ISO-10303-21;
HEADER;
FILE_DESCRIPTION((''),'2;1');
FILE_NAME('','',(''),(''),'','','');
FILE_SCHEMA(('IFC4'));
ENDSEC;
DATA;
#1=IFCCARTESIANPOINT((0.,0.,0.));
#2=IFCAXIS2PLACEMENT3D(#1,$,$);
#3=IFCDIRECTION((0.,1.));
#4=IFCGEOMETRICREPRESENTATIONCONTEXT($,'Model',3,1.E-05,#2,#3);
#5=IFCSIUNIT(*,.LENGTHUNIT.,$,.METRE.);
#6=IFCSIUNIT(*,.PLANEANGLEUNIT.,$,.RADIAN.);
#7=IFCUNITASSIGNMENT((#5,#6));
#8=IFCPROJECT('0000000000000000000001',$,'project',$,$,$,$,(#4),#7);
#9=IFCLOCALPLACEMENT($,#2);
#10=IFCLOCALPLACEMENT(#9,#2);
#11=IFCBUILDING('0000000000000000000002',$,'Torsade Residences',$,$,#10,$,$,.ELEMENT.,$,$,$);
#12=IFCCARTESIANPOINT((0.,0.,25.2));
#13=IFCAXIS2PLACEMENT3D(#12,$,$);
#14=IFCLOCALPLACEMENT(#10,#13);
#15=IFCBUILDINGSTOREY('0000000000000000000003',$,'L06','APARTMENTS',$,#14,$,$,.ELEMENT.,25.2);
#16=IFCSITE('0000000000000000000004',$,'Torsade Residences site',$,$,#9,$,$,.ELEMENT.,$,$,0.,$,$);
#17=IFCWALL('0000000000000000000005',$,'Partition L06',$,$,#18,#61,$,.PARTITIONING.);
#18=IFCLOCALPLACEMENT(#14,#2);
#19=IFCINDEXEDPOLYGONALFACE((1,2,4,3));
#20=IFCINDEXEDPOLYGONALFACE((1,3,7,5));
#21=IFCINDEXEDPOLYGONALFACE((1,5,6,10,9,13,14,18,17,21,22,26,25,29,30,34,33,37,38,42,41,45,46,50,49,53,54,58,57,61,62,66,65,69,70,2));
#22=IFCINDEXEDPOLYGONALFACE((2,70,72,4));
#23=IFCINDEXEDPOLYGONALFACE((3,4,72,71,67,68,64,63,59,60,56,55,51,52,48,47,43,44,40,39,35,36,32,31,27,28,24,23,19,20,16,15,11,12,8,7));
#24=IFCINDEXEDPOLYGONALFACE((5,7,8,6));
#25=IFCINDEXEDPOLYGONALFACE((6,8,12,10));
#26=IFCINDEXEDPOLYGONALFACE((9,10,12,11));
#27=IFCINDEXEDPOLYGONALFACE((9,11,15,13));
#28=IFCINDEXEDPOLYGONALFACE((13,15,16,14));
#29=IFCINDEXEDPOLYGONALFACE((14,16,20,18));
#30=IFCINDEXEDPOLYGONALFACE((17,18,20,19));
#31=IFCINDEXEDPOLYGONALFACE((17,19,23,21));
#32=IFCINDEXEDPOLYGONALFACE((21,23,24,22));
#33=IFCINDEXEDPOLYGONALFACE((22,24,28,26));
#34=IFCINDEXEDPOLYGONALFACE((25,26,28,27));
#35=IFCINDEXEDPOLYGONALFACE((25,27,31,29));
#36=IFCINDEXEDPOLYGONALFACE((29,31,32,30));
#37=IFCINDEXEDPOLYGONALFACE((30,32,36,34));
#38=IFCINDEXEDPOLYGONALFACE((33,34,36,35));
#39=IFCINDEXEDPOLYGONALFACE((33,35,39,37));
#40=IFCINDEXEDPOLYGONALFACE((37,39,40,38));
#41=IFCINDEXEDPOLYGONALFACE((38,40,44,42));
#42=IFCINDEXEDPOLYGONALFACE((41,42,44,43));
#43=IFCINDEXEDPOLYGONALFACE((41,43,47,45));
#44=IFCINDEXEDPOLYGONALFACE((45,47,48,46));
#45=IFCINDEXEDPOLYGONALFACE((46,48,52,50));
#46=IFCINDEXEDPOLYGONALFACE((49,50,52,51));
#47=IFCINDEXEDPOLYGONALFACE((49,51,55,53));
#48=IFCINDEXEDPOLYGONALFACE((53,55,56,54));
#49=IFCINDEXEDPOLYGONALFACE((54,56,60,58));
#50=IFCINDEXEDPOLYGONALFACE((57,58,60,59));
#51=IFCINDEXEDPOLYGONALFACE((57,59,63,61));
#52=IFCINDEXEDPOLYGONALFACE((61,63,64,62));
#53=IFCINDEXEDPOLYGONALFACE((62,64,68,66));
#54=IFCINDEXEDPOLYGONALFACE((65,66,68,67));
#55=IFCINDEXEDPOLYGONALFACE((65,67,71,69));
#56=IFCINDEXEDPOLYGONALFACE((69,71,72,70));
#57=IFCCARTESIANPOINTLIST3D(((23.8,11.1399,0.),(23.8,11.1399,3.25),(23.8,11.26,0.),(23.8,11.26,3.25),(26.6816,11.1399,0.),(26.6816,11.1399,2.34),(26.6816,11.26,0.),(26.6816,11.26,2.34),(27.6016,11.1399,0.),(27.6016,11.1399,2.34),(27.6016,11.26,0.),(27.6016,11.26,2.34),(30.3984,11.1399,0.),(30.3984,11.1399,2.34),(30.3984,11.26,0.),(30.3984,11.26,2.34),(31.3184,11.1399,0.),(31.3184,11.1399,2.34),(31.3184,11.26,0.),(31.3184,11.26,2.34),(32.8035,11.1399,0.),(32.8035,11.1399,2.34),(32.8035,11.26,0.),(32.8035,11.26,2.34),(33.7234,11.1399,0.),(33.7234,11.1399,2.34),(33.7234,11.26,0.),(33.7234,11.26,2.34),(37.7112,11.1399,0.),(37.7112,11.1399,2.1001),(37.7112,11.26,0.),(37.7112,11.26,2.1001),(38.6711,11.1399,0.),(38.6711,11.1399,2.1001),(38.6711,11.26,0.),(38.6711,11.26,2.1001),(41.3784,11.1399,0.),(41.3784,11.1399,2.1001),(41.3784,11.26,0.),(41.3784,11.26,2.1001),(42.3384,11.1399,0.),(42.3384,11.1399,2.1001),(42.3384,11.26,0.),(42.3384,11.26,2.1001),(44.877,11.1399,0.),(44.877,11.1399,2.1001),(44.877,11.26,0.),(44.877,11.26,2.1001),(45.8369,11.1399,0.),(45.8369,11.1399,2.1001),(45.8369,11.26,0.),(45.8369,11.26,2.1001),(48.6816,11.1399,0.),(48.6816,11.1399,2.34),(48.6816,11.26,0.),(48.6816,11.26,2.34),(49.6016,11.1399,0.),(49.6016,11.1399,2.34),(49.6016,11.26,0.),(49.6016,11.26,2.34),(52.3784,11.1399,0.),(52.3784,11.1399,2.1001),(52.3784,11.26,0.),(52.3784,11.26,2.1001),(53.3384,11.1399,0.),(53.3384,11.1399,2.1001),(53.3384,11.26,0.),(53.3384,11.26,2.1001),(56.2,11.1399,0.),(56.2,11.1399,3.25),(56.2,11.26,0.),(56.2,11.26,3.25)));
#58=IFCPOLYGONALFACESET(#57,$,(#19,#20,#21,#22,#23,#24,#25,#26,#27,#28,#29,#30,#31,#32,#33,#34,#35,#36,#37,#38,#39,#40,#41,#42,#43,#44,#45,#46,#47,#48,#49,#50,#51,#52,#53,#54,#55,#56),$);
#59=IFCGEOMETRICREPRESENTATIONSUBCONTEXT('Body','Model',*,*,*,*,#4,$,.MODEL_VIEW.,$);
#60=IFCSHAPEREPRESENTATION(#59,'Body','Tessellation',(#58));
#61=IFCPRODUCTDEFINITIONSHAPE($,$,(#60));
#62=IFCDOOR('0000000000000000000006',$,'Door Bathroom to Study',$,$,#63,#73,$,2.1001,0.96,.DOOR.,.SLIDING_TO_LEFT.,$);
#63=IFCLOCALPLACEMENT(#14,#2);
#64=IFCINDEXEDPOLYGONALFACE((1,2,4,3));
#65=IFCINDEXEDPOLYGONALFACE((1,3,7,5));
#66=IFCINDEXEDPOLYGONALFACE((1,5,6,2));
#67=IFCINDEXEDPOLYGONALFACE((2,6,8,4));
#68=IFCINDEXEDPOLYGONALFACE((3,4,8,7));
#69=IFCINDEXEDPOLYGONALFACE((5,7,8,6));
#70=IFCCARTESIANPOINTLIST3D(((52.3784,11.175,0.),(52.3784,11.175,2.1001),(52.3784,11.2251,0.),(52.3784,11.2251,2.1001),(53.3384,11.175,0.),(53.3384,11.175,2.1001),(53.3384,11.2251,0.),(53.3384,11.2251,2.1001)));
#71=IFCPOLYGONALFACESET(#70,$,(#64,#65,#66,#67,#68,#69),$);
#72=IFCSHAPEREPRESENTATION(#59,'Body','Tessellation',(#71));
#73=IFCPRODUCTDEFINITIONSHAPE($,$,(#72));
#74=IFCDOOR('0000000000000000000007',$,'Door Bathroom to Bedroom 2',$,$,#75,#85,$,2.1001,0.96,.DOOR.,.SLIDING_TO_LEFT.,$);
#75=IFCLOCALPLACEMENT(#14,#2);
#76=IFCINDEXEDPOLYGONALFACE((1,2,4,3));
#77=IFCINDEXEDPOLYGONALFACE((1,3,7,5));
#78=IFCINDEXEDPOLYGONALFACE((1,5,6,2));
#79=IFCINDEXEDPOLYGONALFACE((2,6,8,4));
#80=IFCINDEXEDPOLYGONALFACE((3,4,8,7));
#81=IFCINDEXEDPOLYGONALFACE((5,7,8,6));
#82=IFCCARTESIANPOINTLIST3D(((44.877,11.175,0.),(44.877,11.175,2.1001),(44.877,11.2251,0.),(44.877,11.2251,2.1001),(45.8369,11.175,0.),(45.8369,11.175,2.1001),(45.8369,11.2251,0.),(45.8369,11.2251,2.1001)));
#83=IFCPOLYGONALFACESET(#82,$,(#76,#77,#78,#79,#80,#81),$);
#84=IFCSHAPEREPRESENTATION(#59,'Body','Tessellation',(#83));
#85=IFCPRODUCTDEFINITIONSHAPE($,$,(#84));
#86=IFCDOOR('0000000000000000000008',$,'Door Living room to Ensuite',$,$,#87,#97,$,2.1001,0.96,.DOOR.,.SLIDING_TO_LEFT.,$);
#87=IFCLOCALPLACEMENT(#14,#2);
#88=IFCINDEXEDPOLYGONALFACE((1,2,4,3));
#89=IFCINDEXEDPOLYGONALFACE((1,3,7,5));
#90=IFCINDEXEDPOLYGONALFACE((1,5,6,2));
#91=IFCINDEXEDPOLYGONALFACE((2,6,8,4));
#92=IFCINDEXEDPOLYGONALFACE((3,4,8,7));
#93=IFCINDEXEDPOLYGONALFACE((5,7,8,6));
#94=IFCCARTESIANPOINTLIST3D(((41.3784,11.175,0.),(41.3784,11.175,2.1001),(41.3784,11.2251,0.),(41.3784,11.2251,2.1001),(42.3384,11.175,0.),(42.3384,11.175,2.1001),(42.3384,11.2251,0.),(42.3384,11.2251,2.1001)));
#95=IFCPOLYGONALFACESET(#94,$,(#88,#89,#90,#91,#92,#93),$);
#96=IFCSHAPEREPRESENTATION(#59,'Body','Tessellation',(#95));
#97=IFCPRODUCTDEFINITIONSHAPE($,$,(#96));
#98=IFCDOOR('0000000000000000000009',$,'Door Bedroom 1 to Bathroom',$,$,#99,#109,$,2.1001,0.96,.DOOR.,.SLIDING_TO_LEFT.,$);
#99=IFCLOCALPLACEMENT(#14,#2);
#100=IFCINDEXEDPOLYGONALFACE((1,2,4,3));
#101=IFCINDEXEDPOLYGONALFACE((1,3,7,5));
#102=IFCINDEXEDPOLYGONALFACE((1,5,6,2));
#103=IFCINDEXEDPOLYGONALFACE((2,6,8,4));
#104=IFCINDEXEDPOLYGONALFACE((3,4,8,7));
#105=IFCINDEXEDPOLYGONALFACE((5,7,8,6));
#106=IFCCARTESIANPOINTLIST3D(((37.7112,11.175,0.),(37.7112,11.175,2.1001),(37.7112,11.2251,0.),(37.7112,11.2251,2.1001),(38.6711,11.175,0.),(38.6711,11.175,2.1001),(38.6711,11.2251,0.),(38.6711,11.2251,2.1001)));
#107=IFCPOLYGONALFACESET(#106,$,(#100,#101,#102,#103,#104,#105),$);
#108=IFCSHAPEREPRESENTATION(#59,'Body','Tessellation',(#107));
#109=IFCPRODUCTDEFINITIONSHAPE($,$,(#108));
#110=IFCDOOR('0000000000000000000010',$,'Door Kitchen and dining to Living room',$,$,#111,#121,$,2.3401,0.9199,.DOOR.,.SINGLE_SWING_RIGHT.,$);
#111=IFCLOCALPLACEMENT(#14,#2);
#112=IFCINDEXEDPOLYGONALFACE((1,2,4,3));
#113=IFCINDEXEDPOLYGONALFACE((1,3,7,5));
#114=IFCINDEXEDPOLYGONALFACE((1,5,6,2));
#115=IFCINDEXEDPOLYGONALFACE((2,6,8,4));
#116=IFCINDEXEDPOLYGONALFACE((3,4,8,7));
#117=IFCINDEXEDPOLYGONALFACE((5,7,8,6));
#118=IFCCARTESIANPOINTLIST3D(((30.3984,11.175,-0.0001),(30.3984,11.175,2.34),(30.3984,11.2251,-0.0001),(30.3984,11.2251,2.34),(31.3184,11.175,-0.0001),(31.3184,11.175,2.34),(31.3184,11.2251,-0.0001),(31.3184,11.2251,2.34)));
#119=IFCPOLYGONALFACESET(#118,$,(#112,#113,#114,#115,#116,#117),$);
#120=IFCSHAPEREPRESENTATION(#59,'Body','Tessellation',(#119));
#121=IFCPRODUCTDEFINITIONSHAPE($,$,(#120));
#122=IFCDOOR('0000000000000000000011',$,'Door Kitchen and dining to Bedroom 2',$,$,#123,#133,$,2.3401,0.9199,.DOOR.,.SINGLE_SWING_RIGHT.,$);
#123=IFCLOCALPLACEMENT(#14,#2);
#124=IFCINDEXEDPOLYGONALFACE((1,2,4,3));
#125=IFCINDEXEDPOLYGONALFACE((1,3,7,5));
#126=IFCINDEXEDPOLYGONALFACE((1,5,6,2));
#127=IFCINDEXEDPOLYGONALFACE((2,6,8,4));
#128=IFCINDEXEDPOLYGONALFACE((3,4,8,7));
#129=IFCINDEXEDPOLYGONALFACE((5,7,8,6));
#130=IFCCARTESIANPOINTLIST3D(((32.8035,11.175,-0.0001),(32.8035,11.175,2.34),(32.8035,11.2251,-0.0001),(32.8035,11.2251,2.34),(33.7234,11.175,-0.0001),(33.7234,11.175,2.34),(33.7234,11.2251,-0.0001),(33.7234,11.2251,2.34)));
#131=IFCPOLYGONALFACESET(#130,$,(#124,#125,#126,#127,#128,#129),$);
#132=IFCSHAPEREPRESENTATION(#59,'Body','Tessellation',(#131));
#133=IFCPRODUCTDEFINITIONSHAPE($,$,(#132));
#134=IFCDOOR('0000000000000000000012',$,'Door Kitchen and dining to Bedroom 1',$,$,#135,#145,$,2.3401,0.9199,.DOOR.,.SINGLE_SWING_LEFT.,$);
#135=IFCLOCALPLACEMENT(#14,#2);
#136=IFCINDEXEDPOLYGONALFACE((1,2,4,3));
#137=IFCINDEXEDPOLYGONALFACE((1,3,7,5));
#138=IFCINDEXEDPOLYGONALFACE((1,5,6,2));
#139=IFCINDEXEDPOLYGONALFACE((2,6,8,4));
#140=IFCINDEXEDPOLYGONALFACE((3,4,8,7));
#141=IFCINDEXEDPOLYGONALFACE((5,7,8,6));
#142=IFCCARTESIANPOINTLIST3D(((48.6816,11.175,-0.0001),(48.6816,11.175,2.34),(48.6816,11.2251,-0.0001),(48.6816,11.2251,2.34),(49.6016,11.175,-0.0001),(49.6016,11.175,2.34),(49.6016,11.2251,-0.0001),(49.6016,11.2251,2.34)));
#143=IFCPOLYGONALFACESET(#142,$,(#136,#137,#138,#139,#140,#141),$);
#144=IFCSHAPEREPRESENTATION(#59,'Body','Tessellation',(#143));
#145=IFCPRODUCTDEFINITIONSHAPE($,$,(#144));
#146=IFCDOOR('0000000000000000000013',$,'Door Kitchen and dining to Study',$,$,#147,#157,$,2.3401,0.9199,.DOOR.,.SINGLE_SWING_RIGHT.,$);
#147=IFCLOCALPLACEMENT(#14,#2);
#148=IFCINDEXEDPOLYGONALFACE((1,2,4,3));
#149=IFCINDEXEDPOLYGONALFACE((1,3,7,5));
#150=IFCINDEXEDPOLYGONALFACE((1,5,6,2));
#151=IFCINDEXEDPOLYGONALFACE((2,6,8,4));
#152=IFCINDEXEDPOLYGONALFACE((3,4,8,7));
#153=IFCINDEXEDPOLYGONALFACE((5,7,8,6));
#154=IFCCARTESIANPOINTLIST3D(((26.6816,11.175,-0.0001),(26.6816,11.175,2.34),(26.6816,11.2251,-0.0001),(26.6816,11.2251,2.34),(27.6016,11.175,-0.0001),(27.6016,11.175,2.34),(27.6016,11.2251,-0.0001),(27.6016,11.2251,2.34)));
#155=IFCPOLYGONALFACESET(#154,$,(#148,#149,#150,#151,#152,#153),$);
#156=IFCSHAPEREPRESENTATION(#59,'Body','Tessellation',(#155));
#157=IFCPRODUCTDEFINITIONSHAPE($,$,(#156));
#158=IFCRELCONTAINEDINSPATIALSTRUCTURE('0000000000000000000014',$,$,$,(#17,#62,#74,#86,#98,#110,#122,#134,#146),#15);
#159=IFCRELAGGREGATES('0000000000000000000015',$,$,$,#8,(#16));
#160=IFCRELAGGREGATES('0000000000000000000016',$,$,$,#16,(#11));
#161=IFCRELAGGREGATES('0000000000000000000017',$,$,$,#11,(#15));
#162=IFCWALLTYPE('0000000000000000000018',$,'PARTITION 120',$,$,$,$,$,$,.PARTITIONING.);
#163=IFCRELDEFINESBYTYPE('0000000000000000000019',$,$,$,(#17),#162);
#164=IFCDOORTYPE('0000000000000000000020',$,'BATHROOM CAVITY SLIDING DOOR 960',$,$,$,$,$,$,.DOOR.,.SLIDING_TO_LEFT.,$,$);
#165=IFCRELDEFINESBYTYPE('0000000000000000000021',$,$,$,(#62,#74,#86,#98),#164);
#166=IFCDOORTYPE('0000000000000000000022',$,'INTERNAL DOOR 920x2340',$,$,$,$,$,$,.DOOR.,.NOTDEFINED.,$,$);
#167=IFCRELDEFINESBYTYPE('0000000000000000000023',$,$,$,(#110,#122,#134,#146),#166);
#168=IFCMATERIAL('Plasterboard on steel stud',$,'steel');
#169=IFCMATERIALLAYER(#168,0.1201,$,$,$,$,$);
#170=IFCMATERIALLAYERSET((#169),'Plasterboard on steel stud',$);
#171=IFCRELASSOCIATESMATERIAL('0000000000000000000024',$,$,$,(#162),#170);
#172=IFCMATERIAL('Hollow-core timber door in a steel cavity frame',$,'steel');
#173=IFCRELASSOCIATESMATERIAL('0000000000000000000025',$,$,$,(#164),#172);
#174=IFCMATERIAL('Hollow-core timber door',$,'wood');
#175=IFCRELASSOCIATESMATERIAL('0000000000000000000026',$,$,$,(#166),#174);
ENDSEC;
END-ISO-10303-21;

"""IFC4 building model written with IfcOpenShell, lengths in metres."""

from ifc_helpers import new_model, si_unit, direction, frame, frame_2d, origin, place, context, subcontext, project, spatial, rectangle, extrude, material, layer, layer_set, type_object, element, fill, save


model = new_model("IFC4")

# Units and contexts
model_context = context("Model", 3, precision=1e-05, world=origin(), true_north=direction((0.0, 1.0)))
body_context = subcontext(model_context, "Body", "Model", "MODEL_VIEW")
ifc_project = project(units=[si_unit("LENGTHUNIT", "METRE"), si_unit("PLANEANGLEUNIT", "RADIAN")], contexts=[model_context])

# Site, building, storey
site_placement = place(None, origin())
site = spatial("IfcSite", under=ifc_project, at=site_placement, Name="Torsade Residences site", CompositionType="ELEMENT", RefElevation=0.0)
building_placement = place(site_placement, origin())
building = spatial("IfcBuilding", under=site, at=building_placement, Name="Torsade Residences", CompositionType="ELEMENT")
storey_placement = place(building_placement, frame((0.0, 0.0, 25.2)))
storey = spatial("IfcBuildingStorey", under=building, at=storey_placement, Name="L06", Description="APARTMENTS", CompositionType="ELEMENT", Elevation=25.2)

# Wall, openings, doors
ifc_material_1 = material(Name="Plasterboard on steel stud", Category="steel")
ifc_layer_1 = layer(ifc_material_1, 0.1201)
ifc_layer_set_1 = layer_set([ifc_layer_1], Name="Plasterboard on steel stud")
wall_type_1 = type_object("IfcWallType", Name="PARTITION 120", PredefinedType="PARTITIONING", material=ifc_layer_set_1)
wall_1_placement = place(storey_placement, frame((56.2, 11.2, 0.0), z_axis=(0.0, 0.0, 1.0), x_axis=(-1.0, 0.0, 0.0)))
wall_1 = element("IfcWall", 1, at=wall_1_placement, inside=storey, type_object=wall_type_1, Name="Partition L06", PredefinedType="PARTITIONING", context=body_context, shape_type="SweptSolid", body=[
    extrude(rectangle(XDim=32.3999, YDim=0.1201, at=frame_2d((16.2, 0.0))), origin(), (0.0, 0.0, 1.0), 3.25),
])
opening_1_placement = place(wall_1_placement, frame((24.8816, 0.0, 0.0)))
opening_1 = element("IfcOpeningElement", 2, at=opening_1_placement, cuts=wall_1, PredefinedType="OPENING", context=body_context, shape_type="SweptSolid", body=[
    extrude(rectangle(XDim=0.9199, YDim=2.3401, at=frame_2d((0.46, 1.1699))), frame((0.0, 0.0701, 0.0), z_axis=(0.0, -1.0, 0.0), x_axis=(1.0, 0.0, 0.0)), (0.0, 0.0, 1.0), 0.1401),
])
opening_2_placement = place(wall_1_placement, frame((22.4766, 0.0, 0.0)))
opening_2 = element("IfcOpeningElement", 3, at=opening_2_placement, cuts=wall_1, PredefinedType="OPENING", context=body_context, shape_type="SweptSolid", body=[
    extrude(rectangle(XDim=0.9199, YDim=2.3401, at=frame_2d((0.46, 1.1699))), frame((0.0, 0.0701, 0.0), z_axis=(0.0, -1.0, 0.0), x_axis=(1.0, 0.0, 0.0)), (0.0, 0.0, 1.0), 0.1401),
])
opening_3_placement = place(wall_1_placement, frame((6.5984, 0.0, 0.0)))
opening_3 = element("IfcOpeningElement", 4, at=opening_3_placement, cuts=wall_1, PredefinedType="OPENING", context=body_context, shape_type="SweptSolid", body=[
    extrude(rectangle(XDim=0.9199, YDim=2.3401, at=frame_2d((0.46, 1.1699))), frame((0.0, 0.0701, 0.0), z_axis=(0.0, -1.0, 0.0), x_axis=(1.0, 0.0, 0.0)), (0.0, 0.0, 1.0), 0.1401),
])
opening_4_placement = place(wall_1_placement, frame((28.5984, 0.0, 0.0)))
opening_4 = element("IfcOpeningElement", 5, at=opening_4_placement, cuts=wall_1, PredefinedType="OPENING", context=body_context, shape_type="SweptSolid", body=[
    extrude(rectangle(XDim=0.9199, YDim=2.3401, at=frame_2d((0.46, 1.1699))), frame((0.0, 0.0701, 0.0), z_axis=(0.0, -1.0, 0.0), x_axis=(1.0, 0.0, 0.0)), (0.0, 0.0, 1.0), 0.1401),
])
opening_5_placement = place(wall_1_placement, frame((2.8616, 0.0, 0.0)))
opening_5 = element("IfcOpeningElement", 6, at=opening_5_placement, cuts=wall_1, PredefinedType="OPENING", context=body_context, shape_type="SweptSolid", body=[
    extrude(rectangle(XDim=0.96, YDim=2.1001, at=frame_2d((0.48, 1.05))), frame((0.0, 0.0701, 0.0), z_axis=(0.0, -1.0, 0.0), x_axis=(1.0, 0.0, 0.0)), (0.0, 0.0, 1.0), 0.1401),
])
opening_6_placement = place(wall_1_placement, frame((10.363, 0.0, 0.0)))
opening_6 = element("IfcOpeningElement", 7, at=opening_6_placement, cuts=wall_1, PredefinedType="OPENING", context=body_context, shape_type="SweptSolid", body=[
    extrude(rectangle(XDim=0.96, YDim=2.1001, at=frame_2d((0.48, 1.05))), frame((0.0, 0.0701, 0.0), z_axis=(0.0, -1.0, 0.0), x_axis=(1.0, 0.0, 0.0)), (0.0, 0.0, 1.0), 0.1401),
])
opening_7_placement = place(wall_1_placement, frame((13.8616, 0.0, 0.0)))
opening_7 = element("IfcOpeningElement", 8, at=opening_7_placement, cuts=wall_1, PredefinedType="OPENING", context=body_context, shape_type="SweptSolid", body=[
    extrude(rectangle(XDim=0.96, YDim=2.1001, at=frame_2d((0.48, 1.05))), frame((0.0, 0.0701, 0.0), z_axis=(0.0, -1.0, 0.0), x_axis=(1.0, 0.0, 0.0)), (0.0, 0.0, 1.0), 0.1401),
])
opening_8_placement = place(wall_1_placement, frame((17.5288, 0.0, 0.0)))
opening_8 = element("IfcOpeningElement", 9, at=opening_8_placement, cuts=wall_1, PredefinedType="OPENING", context=body_context, shape_type="SweptSolid", body=[
    extrude(rectangle(XDim=0.96, YDim=2.1001, at=frame_2d((0.48, 1.05))), frame((0.0, 0.0701, 0.0), z_axis=(0.0, -1.0, 0.0), x_axis=(1.0, 0.0, 0.0)), (0.0, 0.0, 1.0), 0.1401),
])
ifc_material_2 = material(Name="Hollow-core timber door in a steel cavity frame", Category="steel")
door_type_1 = type_object("IfcDoorType", Name="BATHROOM CAVITY SLIDING DOOR 960", OperationType="SLIDING_TO_LEFT", PredefinedType="DOOR", material=ifc_material_2)
door_1_placement = place(opening_5_placement, origin())
door_1 = element("IfcDoor", 10, at=door_1_placement, inside=storey, type_object=door_type_1, Name="Door Bathroom to Study", OperationType="SLIDING_TO_LEFT", OverallHeight=2.1001, OverallWidth=0.96, PredefinedType="DOOR", context=body_context, shape_type="SweptSolid", body=[
    extrude(rectangle(XDim=0.96, YDim=2.1001, at=frame_2d((0.48, 1.05))), frame((0.0, 0.0249, 0.0), z_axis=(0.0, -1.0, 0.0), x_axis=(1.0, 0.0, 0.0)), (0.0, 0.0, 1.0), 0.05),
])
fill(opening_5, door_1)
door_2_placement = place(opening_6_placement, origin())
door_2 = element("IfcDoor", 11, at=door_2_placement, inside=storey, type_object=door_type_1, Name="Door Bathroom to Bedroom 2", OperationType="SLIDING_TO_LEFT", OverallHeight=2.1001, OverallWidth=0.96, PredefinedType="DOOR", context=body_context, shape_type="SweptSolid", body=[
    extrude(rectangle(XDim=0.96, YDim=2.1001, at=frame_2d((0.48, 1.05))), frame((0.0, 0.0249, 0.0), z_axis=(0.0, -1.0, 0.0), x_axis=(1.0, 0.0, 0.0)), (0.0, 0.0, 1.0), 0.05),
])
fill(opening_6, door_2)
door_3_placement = place(opening_7_placement, origin())
door_3 = element("IfcDoor", 12, at=door_3_placement, inside=storey, type_object=door_type_1, Name="Door Living room to Ensuite", OperationType="SLIDING_TO_LEFT", OverallHeight=2.1001, OverallWidth=0.96, PredefinedType="DOOR", context=body_context, shape_type="SweptSolid", body=[
    extrude(rectangle(XDim=0.96, YDim=2.1001, at=frame_2d((0.48, 1.05))), frame((0.0, 0.0249, 0.0), z_axis=(0.0, -1.0, 0.0), x_axis=(1.0, 0.0, 0.0)), (0.0, 0.0, 1.0), 0.05),
])
fill(opening_7, door_3)
door_4_placement = place(opening_8_placement, origin())
door_4 = element("IfcDoor", 13, at=door_4_placement, inside=storey, type_object=door_type_1, Name="Door Bedroom 1 to Bathroom", OperationType="SLIDING_TO_LEFT", OverallHeight=2.1001, OverallWidth=0.96, PredefinedType="DOOR", context=body_context, shape_type="SweptSolid", body=[
    extrude(rectangle(XDim=0.96, YDim=2.1001, at=frame_2d((0.48, 1.05))), frame((0.0, 0.0249, 0.0), z_axis=(0.0, -1.0, 0.0), x_axis=(1.0, 0.0, 0.0)), (0.0, 0.0, 1.0), 0.05),
])
fill(opening_8, door_4)
ifc_material_3 = material(Name="Hollow-core timber door", Category="wood")
door_type_2 = type_object("IfcDoorType", Name="INTERNAL DOOR 920x2340", OperationType="NOTDEFINED", PredefinedType="DOOR", material=ifc_material_3)
door_5_placement = place(opening_1_placement, origin())
door_5 = element("IfcDoor", 14, at=door_5_placement, inside=storey, type_object=door_type_2, Name="Door Kitchen and dining to Living room", OperationType="SINGLE_SWING_RIGHT", OverallHeight=2.3401, OverallWidth=0.9199, PredefinedType="DOOR", context=body_context, shape_type="SweptSolid", body=[
    extrude(rectangle(XDim=0.9199, YDim=2.3401, at=frame_2d((0.46, 1.1699))), frame((0.0, 0.0249, 0.0), z_axis=(0.0, -1.0, 0.0), x_axis=(1.0, 0.0, 0.0)), (0.0, 0.0, 1.0), 0.05),
])
fill(opening_1, door_5)
door_6_placement = place(opening_2_placement, origin())
door_6 = element("IfcDoor", 15, at=door_6_placement, inside=storey, type_object=door_type_2, Name="Door Kitchen and dining to Bedroom 2", OperationType="SINGLE_SWING_RIGHT", OverallHeight=2.3401, OverallWidth=0.9199, PredefinedType="DOOR", context=body_context, shape_type="SweptSolid", body=[
    extrude(rectangle(XDim=0.9199, YDim=2.3401, at=frame_2d((0.46, 1.1699))), frame((0.0, 0.0249, 0.0), z_axis=(0.0, -1.0, 0.0), x_axis=(1.0, 0.0, 0.0)), (0.0, 0.0, 1.0), 0.05),
])
fill(opening_2, door_6)
door_7_placement = place(opening_3_placement, origin())
door_7 = element("IfcDoor", 16, at=door_7_placement, inside=storey, type_object=door_type_2, Name="Door Kitchen and dining to Bedroom 1", OperationType="SINGLE_SWING_LEFT", OverallHeight=2.3401, OverallWidth=0.9199, PredefinedType="DOOR", context=body_context, shape_type="SweptSolid", body=[
    extrude(rectangle(XDim=0.9199, YDim=2.3401, at=frame_2d((0.46, 1.1699))), frame((0.0, 0.0249, 0.0), z_axis=(0.0, -1.0, 0.0), x_axis=(1.0, 0.0, 0.0)), (0.0, 0.0, 1.0), 0.05),
])
fill(opening_3, door_7)
door_8_placement = place(opening_4_placement, origin())
door_8 = element("IfcDoor", 17, at=door_8_placement, inside=storey, type_object=door_type_2, Name="Door Kitchen and dining to Study", OperationType="SINGLE_SWING_RIGHT", OverallHeight=2.3401, OverallWidth=0.9199, PredefinedType="DOOR", context=body_context, shape_type="SweptSolid", body=[
    extrude(rectangle(XDim=0.9199, YDim=2.3401, at=frame_2d((0.46, 1.1699))), frame((0.0, 0.0249, 0.0), z_axis=(0.0, -1.0, 0.0), x_axis=(1.0, 0.0, 0.0)), (0.0, 0.0, 1.0), 0.05),
])
fill(opening_4, door_8)

save(model, "model.ifc")
